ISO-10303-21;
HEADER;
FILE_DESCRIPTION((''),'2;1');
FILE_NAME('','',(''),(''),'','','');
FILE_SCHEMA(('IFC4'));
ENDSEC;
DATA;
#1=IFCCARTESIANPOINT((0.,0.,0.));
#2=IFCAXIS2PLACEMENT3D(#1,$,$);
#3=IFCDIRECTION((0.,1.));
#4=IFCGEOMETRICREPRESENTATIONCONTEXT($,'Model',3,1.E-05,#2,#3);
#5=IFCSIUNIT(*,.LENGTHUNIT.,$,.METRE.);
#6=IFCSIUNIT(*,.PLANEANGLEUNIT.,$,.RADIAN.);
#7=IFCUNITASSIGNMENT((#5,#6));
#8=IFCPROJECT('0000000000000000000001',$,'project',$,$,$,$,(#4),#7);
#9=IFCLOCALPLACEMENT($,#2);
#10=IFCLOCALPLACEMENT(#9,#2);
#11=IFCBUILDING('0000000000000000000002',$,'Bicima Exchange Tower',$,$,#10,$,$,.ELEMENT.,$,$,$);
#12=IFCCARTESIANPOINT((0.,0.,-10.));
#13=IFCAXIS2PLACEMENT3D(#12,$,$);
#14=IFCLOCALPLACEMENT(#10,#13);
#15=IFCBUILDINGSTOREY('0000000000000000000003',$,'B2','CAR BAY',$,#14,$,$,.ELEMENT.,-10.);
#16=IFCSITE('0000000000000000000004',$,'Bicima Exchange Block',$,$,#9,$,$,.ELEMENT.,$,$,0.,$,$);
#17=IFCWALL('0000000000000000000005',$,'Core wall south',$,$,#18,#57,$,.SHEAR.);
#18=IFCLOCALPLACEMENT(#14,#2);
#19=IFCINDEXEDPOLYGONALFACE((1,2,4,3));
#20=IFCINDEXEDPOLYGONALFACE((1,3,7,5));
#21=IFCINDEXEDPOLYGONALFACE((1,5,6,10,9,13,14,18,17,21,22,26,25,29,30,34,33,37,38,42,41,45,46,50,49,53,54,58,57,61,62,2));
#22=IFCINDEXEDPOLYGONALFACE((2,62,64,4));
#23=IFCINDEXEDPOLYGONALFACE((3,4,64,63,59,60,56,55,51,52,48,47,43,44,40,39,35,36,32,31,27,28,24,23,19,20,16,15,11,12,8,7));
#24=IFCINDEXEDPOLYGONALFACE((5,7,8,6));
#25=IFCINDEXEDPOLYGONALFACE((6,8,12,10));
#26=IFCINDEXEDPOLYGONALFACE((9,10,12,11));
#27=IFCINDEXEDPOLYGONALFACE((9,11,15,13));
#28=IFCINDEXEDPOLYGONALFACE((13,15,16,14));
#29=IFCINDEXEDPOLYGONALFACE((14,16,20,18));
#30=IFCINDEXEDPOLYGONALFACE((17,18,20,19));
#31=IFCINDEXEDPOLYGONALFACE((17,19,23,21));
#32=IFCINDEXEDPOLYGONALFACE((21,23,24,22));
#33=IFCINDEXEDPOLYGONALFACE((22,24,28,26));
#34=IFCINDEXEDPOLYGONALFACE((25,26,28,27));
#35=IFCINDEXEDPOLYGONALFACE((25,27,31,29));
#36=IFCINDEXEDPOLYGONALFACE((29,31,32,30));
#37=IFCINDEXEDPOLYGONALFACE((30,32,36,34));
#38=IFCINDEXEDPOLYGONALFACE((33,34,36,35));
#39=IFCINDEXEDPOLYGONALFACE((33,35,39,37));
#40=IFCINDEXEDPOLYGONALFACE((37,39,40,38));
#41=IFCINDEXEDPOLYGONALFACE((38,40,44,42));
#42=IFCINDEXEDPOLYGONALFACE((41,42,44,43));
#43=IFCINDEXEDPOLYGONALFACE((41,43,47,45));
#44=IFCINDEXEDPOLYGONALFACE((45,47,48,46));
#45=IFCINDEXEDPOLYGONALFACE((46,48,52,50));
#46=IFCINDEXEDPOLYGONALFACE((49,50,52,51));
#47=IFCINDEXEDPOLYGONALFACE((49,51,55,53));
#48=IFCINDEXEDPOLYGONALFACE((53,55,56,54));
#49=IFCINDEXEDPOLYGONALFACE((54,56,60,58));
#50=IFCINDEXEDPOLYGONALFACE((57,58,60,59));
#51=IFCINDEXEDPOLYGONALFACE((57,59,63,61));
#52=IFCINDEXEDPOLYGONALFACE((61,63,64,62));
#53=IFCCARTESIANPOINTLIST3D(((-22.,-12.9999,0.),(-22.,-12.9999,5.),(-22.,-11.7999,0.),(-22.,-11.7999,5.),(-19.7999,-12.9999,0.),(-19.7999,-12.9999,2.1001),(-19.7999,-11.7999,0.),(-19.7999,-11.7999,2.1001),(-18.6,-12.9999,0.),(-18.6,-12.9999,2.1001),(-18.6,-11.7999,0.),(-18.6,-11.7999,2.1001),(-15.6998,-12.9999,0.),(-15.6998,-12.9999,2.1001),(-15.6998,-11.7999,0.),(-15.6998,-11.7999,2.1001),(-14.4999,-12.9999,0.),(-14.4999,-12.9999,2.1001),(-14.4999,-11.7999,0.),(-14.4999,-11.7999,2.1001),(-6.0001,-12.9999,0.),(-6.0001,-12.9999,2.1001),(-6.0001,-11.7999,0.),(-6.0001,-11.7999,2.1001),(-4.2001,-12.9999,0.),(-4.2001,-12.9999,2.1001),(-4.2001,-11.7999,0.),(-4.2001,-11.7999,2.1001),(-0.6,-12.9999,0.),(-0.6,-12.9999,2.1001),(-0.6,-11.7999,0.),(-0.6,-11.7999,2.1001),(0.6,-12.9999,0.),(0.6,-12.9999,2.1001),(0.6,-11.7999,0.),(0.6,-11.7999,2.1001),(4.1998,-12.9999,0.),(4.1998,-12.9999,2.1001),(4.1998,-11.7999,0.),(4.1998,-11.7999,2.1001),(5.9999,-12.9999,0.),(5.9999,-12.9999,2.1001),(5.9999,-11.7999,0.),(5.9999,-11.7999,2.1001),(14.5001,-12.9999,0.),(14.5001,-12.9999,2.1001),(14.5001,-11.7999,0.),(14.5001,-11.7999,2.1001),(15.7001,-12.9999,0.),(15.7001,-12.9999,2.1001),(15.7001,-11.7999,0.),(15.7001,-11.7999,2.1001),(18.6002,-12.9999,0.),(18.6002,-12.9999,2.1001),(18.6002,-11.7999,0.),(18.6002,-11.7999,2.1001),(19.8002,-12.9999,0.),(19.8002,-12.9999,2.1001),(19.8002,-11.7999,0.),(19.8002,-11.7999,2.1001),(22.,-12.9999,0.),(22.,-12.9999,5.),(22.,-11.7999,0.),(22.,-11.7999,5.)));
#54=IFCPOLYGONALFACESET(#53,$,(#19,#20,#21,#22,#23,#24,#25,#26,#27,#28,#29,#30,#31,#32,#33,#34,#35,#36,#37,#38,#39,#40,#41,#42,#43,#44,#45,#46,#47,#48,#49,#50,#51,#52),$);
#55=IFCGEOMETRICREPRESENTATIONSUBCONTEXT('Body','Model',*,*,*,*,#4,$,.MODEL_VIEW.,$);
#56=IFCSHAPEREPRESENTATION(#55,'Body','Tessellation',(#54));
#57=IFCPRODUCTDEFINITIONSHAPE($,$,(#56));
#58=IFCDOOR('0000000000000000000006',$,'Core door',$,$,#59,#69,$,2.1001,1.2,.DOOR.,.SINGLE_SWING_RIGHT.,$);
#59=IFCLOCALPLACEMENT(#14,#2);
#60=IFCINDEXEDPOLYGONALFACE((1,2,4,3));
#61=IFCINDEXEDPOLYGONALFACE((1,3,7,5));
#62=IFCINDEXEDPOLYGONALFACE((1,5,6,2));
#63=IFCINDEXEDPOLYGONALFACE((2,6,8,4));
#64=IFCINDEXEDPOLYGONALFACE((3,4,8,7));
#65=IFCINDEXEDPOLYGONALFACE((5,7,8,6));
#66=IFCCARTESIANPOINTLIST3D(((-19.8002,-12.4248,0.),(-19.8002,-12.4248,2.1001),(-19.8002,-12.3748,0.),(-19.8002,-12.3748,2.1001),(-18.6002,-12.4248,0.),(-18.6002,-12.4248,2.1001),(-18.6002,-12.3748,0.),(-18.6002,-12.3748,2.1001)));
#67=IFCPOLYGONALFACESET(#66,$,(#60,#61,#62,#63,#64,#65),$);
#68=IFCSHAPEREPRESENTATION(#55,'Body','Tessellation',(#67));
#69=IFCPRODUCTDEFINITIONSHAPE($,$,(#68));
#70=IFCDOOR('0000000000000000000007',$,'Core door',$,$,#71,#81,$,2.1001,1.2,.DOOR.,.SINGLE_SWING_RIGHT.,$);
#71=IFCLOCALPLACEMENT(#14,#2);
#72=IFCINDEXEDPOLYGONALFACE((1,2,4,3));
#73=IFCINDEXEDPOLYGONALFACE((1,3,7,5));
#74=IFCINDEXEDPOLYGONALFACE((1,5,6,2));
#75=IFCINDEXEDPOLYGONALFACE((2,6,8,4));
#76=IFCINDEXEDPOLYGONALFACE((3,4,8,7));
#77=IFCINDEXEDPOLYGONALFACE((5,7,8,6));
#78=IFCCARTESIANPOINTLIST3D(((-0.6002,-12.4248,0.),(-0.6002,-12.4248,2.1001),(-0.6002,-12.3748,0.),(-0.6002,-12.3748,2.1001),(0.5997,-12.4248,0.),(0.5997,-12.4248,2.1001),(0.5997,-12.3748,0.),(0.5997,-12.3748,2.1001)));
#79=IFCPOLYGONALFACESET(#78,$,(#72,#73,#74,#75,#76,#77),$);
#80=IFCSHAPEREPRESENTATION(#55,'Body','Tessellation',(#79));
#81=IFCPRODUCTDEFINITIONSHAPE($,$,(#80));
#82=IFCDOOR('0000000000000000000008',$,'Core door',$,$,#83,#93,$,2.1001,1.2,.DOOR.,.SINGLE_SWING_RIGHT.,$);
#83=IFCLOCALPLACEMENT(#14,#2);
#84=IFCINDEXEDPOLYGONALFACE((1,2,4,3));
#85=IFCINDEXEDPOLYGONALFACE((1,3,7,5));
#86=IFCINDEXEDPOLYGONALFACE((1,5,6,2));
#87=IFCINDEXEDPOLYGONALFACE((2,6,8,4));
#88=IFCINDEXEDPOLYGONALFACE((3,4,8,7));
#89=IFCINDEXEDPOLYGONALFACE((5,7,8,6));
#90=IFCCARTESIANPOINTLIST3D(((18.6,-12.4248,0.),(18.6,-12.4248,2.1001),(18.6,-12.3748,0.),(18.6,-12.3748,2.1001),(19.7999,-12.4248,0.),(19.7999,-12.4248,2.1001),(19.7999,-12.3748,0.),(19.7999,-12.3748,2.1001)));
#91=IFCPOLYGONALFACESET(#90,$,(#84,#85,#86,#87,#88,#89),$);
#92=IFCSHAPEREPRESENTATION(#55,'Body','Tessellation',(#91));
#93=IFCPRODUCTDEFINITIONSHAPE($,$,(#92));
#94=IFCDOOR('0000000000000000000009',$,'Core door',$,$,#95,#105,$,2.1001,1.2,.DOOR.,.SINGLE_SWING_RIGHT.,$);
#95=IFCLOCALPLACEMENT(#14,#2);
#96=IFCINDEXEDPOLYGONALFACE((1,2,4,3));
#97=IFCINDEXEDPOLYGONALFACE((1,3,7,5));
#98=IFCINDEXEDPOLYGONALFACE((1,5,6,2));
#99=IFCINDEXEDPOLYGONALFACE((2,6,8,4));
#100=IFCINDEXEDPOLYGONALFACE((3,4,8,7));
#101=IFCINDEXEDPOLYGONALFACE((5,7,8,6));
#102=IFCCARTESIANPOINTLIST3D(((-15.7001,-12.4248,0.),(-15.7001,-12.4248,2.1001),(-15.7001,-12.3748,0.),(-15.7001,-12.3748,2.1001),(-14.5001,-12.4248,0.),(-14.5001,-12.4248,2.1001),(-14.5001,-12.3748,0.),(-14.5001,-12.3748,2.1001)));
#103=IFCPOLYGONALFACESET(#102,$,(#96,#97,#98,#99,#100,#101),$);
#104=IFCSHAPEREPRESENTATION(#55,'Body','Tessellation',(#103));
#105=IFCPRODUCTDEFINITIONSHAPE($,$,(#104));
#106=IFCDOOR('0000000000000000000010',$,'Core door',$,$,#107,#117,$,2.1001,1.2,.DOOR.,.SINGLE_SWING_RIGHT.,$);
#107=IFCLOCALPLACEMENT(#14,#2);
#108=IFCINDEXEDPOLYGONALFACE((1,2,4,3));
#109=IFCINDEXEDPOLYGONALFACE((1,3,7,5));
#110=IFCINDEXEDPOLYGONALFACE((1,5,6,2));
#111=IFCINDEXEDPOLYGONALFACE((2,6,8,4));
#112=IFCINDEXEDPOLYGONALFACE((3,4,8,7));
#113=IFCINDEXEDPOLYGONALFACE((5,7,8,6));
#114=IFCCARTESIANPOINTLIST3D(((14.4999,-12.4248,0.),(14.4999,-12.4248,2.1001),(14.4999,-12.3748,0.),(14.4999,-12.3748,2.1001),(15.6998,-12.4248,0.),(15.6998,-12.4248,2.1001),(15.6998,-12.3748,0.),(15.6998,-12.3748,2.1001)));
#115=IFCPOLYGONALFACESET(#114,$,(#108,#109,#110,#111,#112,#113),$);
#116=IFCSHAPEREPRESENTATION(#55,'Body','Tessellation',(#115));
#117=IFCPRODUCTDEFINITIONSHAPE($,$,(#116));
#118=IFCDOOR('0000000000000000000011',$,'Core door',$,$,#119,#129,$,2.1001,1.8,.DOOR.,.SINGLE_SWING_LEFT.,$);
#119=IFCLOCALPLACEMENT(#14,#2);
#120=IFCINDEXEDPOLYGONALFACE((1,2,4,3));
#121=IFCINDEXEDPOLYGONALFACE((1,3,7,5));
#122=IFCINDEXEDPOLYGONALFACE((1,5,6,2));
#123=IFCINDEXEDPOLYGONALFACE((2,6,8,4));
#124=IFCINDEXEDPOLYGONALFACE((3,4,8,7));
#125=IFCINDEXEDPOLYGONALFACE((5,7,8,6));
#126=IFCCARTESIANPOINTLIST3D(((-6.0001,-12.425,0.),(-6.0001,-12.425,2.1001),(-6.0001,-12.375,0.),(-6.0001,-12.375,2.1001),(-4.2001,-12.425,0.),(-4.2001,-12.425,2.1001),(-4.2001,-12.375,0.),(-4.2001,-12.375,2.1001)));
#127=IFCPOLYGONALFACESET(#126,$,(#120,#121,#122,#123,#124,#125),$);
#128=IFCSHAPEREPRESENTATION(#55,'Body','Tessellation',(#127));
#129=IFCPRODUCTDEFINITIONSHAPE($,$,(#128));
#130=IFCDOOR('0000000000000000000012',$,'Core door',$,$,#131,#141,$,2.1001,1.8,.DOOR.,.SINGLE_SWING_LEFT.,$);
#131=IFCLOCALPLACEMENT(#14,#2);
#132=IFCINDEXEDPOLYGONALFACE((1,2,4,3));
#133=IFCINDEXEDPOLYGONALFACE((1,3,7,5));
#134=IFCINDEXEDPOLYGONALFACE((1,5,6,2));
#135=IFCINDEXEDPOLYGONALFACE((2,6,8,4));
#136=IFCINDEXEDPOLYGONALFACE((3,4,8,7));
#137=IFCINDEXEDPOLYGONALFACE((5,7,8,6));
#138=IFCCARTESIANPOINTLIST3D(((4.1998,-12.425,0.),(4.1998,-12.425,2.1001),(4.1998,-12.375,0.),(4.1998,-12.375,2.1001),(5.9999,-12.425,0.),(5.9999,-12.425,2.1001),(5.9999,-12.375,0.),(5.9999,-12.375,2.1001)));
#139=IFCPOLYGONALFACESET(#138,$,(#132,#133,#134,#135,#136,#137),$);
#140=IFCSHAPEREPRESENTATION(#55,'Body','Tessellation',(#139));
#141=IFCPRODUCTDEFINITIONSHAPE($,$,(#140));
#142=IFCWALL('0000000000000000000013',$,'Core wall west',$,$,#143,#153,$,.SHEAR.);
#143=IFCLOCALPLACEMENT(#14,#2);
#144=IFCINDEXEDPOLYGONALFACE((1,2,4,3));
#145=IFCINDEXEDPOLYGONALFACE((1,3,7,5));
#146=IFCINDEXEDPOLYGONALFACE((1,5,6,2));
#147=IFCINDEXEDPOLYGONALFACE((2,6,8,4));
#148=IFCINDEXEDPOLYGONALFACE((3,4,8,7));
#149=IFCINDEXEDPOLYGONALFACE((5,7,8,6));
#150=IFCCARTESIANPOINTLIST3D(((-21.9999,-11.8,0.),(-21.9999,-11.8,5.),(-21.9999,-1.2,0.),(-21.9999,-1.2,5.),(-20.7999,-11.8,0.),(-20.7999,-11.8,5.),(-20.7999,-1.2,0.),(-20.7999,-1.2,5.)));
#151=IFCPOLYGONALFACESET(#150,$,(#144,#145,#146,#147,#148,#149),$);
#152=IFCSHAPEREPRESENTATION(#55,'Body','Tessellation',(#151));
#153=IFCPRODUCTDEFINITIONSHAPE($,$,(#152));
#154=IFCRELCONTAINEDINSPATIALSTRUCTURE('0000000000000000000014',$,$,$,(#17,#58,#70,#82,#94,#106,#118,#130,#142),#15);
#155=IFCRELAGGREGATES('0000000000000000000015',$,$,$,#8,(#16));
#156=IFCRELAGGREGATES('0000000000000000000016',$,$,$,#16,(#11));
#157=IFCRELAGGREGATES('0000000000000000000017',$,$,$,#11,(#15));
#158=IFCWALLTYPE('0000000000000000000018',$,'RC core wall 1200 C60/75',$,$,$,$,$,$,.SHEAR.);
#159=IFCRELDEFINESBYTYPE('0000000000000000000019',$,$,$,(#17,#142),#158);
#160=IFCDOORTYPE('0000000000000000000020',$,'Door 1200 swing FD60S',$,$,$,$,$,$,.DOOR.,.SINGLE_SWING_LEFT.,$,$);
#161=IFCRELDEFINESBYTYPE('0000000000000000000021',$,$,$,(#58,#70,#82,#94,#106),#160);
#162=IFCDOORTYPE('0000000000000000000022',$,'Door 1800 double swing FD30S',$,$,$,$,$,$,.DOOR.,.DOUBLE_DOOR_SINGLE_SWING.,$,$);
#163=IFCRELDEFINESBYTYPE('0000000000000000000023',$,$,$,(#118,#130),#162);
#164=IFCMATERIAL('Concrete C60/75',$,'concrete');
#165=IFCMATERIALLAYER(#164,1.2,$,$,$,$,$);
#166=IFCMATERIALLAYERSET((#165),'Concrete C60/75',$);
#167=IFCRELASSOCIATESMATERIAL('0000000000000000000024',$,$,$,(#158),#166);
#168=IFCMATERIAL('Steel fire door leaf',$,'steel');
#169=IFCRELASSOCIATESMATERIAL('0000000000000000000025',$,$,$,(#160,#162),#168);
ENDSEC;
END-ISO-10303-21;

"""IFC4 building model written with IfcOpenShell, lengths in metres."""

from ifc_helpers import new_model, si_unit, direction, frame, frame_2d, origin, place, context, subcontext, project, spatial, rectangle, extrude, material, layer, layer_set, type_object, element, fill, save


model = new_model("IFC4")

# Units and contexts
model_context = context("Model", 3, precision=1e-05, world=origin(), true_north=direction((0.0, 1.0)))
body_context = subcontext(model_context, "Body", "Model", "MODEL_VIEW")
ifc_project = project(units=[si_unit("LENGTHUNIT", "METRE"), si_unit("PLANEANGLEUNIT", "RADIAN")], contexts=[model_context])

# Site, building, storey
site_placement = place(None, origin())
site = spatial("IfcSite", under=ifc_project, at=site_placement, Name="Bicima Exchange Block", CompositionType="ELEMENT", RefElevation=0.0)
building_placement = place(site_placement, origin())
building = spatial("IfcBuilding", under=site, at=building_placement, Name="Bicima Exchange Tower", CompositionType="ELEMENT")
storey_placement = place(building_placement, frame((0.0, 0.0, -10.0)))
storey = spatial("IfcBuildingStorey", under=building, at=storey_placement, Name="B2", Description="CAR BAY", CompositionType="ELEMENT", Elevation=-10.0)

# Wall, openings, doors
ifc_material_1 = material(Name="Concrete C60/75", Category="concrete")
ifc_layer_1 = layer(ifc_material_1, 1.2)
ifc_layer_set_1 = layer_set([ifc_layer_1], Name="Concrete C60/75")
wall_type_1 = type_object("IfcWallType", Name="RC core wall 1200 C60/75", PredefinedType="SHEAR", material=ifc_layer_set_1)
wall_1_placement = place(storey_placement, frame((-22.0, -12.3999, 0.0), z_axis=(0.0, 0.0, 1.0), x_axis=(1.0, 0.0, 0.0)))
wall_1 = element("IfcWall", 1, at=wall_1_placement, inside=storey, type_object=wall_type_1, Name="Core wall south", PredefinedType="SHEAR", context=body_context, shape_type="SweptSolid", body=[
    extrude(rectangle(XDim=44.0, YDim=1.2, at=frame_2d((22.0, 0.0))), origin(), (0.0, 0.0, 1.0), 5.0),
])
opening_1_placement = place(wall_1_placement, frame((2.2, 0.0, 0.0)))
opening_1 = element("IfcOpeningElement", 2, at=opening_1_placement, cuts=wall_1, PredefinedType="OPENING", context=body_context, shape_type="SweptSolid", body=[
    extrude(rectangle(XDim=1.2, YDim=2.1001, at=frame_2d((0.6001, 1.05))), frame((0.0, 0.6118, 0.0), z_axis=(0.0, -1.0, 0.0), x_axis=(1.0, 0.0, 0.0)), (0.0, 0.0, 1.0), 1.2239),
])
opening_2_placement = place(wall_1_placement, frame((21.3999, 0.0, 0.0)))
opening_2 = element("IfcOpeningElement", 3, at=opening_2_placement, cuts=wall_1, PredefinedType="OPENING", context=body_context, shape_type="SweptSolid", body=[
    extrude(rectangle(XDim=1.2, YDim=2.1001, at=frame_2d((0.6001, 1.05))), frame((0.0, 0.6118, 0.0), z_axis=(0.0, -1.0, 0.0), x_axis=(1.0, 0.0, 0.0)), (0.0, 0.0, 1.0), 1.2239),
])
opening_3_placement = place(wall_1_placement, frame((40.6001, 0.0, 0.0)))
opening_3 = element("IfcOpeningElement", 4, at=opening_3_placement, cuts=wall_1, PredefinedType="OPENING", context=body_context, shape_type="SweptSolid", body=[
    extrude(rectangle(XDim=1.2, YDim=2.1001, at=frame_2d((0.6001, 1.05))), frame((0.0, 0.6118, 0.0), z_axis=(0.0, -1.0, 0.0), x_axis=(1.0, 0.0, 0.0)), (0.0, 0.0, 1.0), 1.2239),
])
opening_4_placement = place(wall_1_placement, frame((16.0, 0.0, 0.0)))
opening_4 = element("IfcOpeningElement", 5, at=opening_4_placement, cuts=wall_1, PredefinedType="OPENING", context=body_context, shape_type="SweptSolid", body=[
    extrude(rectangle(XDim=1.8, YDim=2.1001, at=frame_2d((0.8999, 1.05))), frame((0.0, 0.6118, 0.0), z_axis=(0.0, -1.0, 0.0), x_axis=(1.0, 0.0, 0.0)), (0.0, 0.0, 1.0), 1.2239),
])
opening_5_placement = place(wall_1_placement, frame((6.3, 0.0, 0.0)))
opening_5 = element("IfcOpeningElement", 6, at=opening_5_placement, cuts=wall_1, PredefinedType="OPENING", context=body_context, shape_type="SweptSolid", body=[
    extrude(rectangle(XDim=1.2, YDim=2.1001, at=frame_2d((0.6001, 1.05))), frame((0.0, 0.6118, 0.0), z_axis=(0.0, -1.0, 0.0), x_axis=(1.0, 0.0, 0.0)), (0.0, 0.0, 1.0), 1.2239),
])
opening_6_placement = place(wall_1_placement, frame((26.2, 0.0, 0.0)))
opening_6 = element("IfcOpeningElement", 7, at=opening_6_placement, cuts=wall_1, PredefinedType="OPENING", context=body_context, shape_type="SweptSolid", body=[
    extrude(rectangle(XDim=1.8, YDim=2.1001, at=frame_2d((0.8999, 1.05))), frame((0.0, 0.6118, 0.0), z_axis=(0.0, -1.0, 0.0), x_axis=(1.0, 0.0, 0.0)), (0.0, 0.0, 1.0), 1.2239),
])
opening_7_placement = place(wall_1_placement, frame((36.5, 0.0, 0.0)))
opening_7 = element("IfcOpeningElement", 8, at=opening_7_placement, cuts=wall_1, PredefinedType="OPENING", context=body_context, shape_type="SweptSolid", body=[
    extrude(rectangle(XDim=1.2, YDim=2.1001, at=frame_2d((0.6001, 1.05))), frame((0.0, 0.6118, 0.0), z_axis=(0.0, -1.0, 0.0), x_axis=(1.0, 0.0, 0.0)), (0.0, 0.0, 1.0), 1.2239),
])
ifc_material_2 = material(Name="Steel fire door leaf", Category="steel")
door_type_1 = type_object("IfcDoorType", Name="Door 1200 swing FD60S", OperationType="SINGLE_SWING_LEFT", PredefinedType="DOOR", material=ifc_material_2)
door_1_placement = place(opening_1_placement, frame((1.2, 0.0, 0.0), z_axis=(0.0, 0.0, 1.0), x_axis=(-1.0, 0.0, 0.0)))
door_1 = element("IfcDoor", 9, at=door_1_placement, inside=storey, type_object=door_type_1, Name="Core door", OperationType="SINGLE_SWING_RIGHT", OverallHeight=2.1001, OverallWidth=1.2, PredefinedType="DOOR", context=body_context, shape_type="SweptSolid", body=[
    extrude(rectangle(XDim=1.2, YDim=2.1001, at=frame_2d((0.6001, 1.05))), frame((0.0, 0.0249, 0.0), z_axis=(0.0, -1.0, 0.0), x_axis=(1.0, 0.0, 0.0)), (0.0, 0.0, 1.0), 0.05),
])
fill(opening_1, door_1)
door_2_placement = place(opening_2_placement, frame((1.2, 0.0, 0.0), z_axis=(0.0, 0.0, 1.0), x_axis=(-1.0, 0.0, 0.0)))
door_2 = element("IfcDoor", 10, at=door_2_placement, inside=storey, type_object=door_type_1, Name="Core door", OperationType="SINGLE_SWING_RIGHT", OverallHeight=2.1001, OverallWidth=1.2, PredefinedType="DOOR", context=body_context, shape_type="SweptSolid", body=[
    extrude(rectangle(XDim=1.2, YDim=2.1001, at=frame_2d((0.6001, 1.05))), frame((0.0, 0.0249, 0.0), z_axis=(0.0, -1.0, 0.0), x_axis=(1.0, 0.0, 0.0)), (0.0, 0.0, 1.0), 0.05),
])
fill(opening_2, door_2)
door_3_placement = place(opening_3_placement, frame((1.2, 0.0, 0.0), z_axis=(0.0, 0.0, 1.0), x_axis=(-1.0, 0.0, 0.0)))
door_3 = element("IfcDoor", 11, at=door_3_placement, inside=storey, type_object=door_type_1, Name="Core door", OperationType="SINGLE_SWING_RIGHT", OverallHeight=2.1001, OverallWidth=1.2, PredefinedType="DOOR", context=body_context, shape_type="SweptSolid", body=[
    extrude(rectangle(XDim=1.2, YDim=2.1001, at=frame_2d((0.6001, 1.05))), frame((0.0, 0.0249, 0.0), z_axis=(0.0, -1.0, 0.0), x_axis=(1.0, 0.0, 0.0)), (0.0, 0.0, 1.0), 0.05),
])
fill(opening_3, door_3)
door_4_placement = place(opening_5_placement, frame((1.2, 0.0, 0.0), z_axis=(0.0, 0.0, 1.0), x_axis=(-1.0, 0.0, 0.0)))
door_4 = element("IfcDoor", 12, at=door_4_placement, inside=storey, type_object=door_type_1, Name="Core door", OperationType="SINGLE_SWING_RIGHT", OverallHeight=2.1001, OverallWidth=1.2, PredefinedType="DOOR", context=body_context, shape_type="SweptSolid", body=[
    extrude(rectangle(XDim=1.2, YDim=2.1001, at=frame_2d((0.6001, 1.05))), frame((0.0, 0.0249, 0.0), z_axis=(0.0, -1.0, 0.0), x_axis=(1.0, 0.0, 0.0)), (0.0, 0.0, 1.0), 0.05),
])
fill(opening_5, door_4)
door_5_placement = place(opening_7_placement, frame((1.2, 0.0, 0.0), z_axis=(0.0, 0.0, 1.0), x_axis=(-1.0, 0.0, 0.0)))
door_5 = element("IfcDoor", 13, at=door_5_placement, inside=storey, type_object=door_type_1, Name="Core door", OperationType="SINGLE_SWING_RIGHT", OverallHeight=2.1001, OverallWidth=1.2, PredefinedType="DOOR", context=body_context, shape_type="SweptSolid", body=[
    extrude(rectangle(XDim=1.2, YDim=2.1001, at=frame_2d((0.6001, 1.05))), frame((0.0, 0.0249, 0.0), z_axis=(0.0, -1.0, 0.0), x_axis=(1.0, 0.0, 0.0)), (0.0, 0.0, 1.0), 0.05),
])
fill(opening_7, door_5)
door_type_2 = type_object("IfcDoorType", Name="Door 1800 double swing FD30S", OperationType="DOUBLE_DOOR_SINGLE_SWING", PredefinedType="DOOR", material=ifc_material_2)
door_6_placement = place(opening_4_placement, origin())
door_6 = element("IfcDoor", 14, at=door_6_placement, inside=storey, type_object=door_type_2, Name="Core door", OperationType="SINGLE_SWING_LEFT", OverallHeight=2.1001, OverallWidth=1.8, PredefinedType="DOOR", context=body_context, shape_type="SweptSolid", body=[
    extrude(rectangle(XDim=1.8, YDim=2.1001, at=frame_2d((0.8999, 1.05))), frame((0.0, 0.0249, 0.0), z_axis=(0.0, -1.0, 0.0), x_axis=(1.0, 0.0, 0.0)), (0.0, 0.0, 1.0), 0.05),
])
fill(opening_4, door_6)
door_7_placement = place(opening_6_placement, origin())
door_7 = element("IfcDoor", 15, at=door_7_placement, inside=storey, type_object=door_type_2, Name="Core door", OperationType="SINGLE_SWING_LEFT", OverallHeight=2.1001, OverallWidth=1.8, PredefinedType="DOOR", context=body_context, shape_type="SweptSolid", body=[
    extrude(rectangle(XDim=1.8, YDim=2.1001, at=frame_2d((0.8999, 1.05))), frame((0.0, 0.0249, 0.0), z_axis=(0.0, -1.0, 0.0), x_axis=(1.0, 0.0, 0.0)), (0.0, 0.0, 1.0), 0.05),
])
fill(opening_6, door_7)

# Wall
wall_2_placement = place(storey_placement, frame((-21.3999, -11.8, 0.0), z_axis=(0.0, 0.0, 1.0), x_axis=(0.0, 1.0, 0.0)))
element("IfcWall", 16, at=wall_2_placement, inside=storey, type_object=wall_type_1, Name="Core wall west", PredefinedType="SHEAR", context=body_context, shape_type="SweptSolid", body=[
    extrude(rectangle(XDim=10.6001, YDim=1.2, at=frame_2d((5.3, 0.0))), origin(), (0.0, 0.0, 1.0), 5.0),
])

save(model, "model.ifc")
